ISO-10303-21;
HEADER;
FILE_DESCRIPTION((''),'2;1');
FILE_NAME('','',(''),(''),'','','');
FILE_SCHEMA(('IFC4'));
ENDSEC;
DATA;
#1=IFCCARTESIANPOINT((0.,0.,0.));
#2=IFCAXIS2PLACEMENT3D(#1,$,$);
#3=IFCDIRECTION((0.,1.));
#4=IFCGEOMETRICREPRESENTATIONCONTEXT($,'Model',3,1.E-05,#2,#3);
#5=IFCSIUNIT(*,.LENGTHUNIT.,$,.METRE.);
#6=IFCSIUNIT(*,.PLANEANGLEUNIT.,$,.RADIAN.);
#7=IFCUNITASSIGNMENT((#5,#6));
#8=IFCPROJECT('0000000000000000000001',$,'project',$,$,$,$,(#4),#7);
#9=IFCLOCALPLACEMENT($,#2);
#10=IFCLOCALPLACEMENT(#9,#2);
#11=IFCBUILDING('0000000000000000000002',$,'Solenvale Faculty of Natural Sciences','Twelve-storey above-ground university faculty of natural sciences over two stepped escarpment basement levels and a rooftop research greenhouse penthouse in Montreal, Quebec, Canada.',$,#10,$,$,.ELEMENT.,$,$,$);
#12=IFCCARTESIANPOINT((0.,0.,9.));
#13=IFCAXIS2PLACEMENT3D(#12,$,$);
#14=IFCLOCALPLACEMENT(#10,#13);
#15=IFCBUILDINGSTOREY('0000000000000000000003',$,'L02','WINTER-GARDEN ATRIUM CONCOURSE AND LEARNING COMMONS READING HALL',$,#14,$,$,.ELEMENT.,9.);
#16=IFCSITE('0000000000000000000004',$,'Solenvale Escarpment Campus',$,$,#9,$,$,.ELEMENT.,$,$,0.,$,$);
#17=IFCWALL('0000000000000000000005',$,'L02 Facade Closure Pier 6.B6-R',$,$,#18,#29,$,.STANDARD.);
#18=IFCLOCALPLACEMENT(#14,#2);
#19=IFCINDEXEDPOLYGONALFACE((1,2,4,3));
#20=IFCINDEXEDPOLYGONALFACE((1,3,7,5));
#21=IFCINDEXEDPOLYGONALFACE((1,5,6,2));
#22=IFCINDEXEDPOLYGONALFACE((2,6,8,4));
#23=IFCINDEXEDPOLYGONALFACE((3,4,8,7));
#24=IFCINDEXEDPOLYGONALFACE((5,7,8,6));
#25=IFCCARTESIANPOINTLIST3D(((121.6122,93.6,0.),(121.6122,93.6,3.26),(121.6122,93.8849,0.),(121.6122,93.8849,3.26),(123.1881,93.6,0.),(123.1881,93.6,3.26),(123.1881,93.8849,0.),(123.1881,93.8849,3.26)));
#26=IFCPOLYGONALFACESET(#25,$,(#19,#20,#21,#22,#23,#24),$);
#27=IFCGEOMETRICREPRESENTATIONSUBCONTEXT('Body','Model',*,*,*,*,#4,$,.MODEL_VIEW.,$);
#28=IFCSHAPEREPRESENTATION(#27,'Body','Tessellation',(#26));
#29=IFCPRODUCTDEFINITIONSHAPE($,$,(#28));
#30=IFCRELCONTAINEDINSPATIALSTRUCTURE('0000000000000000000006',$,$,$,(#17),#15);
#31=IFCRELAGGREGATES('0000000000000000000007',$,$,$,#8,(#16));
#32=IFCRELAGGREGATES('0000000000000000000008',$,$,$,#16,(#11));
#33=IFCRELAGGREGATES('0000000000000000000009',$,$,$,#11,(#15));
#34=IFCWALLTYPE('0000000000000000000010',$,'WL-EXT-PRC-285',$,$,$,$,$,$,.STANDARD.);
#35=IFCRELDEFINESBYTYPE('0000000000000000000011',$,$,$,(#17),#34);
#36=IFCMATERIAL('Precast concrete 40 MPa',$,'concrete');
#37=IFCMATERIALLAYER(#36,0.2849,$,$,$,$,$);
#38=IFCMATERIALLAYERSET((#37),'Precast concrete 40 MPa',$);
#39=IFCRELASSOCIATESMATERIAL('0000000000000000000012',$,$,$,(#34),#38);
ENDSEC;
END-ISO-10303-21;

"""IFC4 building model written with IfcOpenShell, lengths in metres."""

from ifc_helpers import new_model, si_unit, direction, frame, frame_2d, origin, place, context, subcontext, project, spatial, rectangle, extrude, material, layer, layer_set, type_object, element, save


model = new_model("IFC4")

# Units and contexts
model_context = context("Model", 3, precision=1e-05, world=origin(), true_north=direction((0.0, 1.0)))
body_context = subcontext(model_context, "Body", "Model", "MODEL_VIEW")
ifc_project = project(units=[si_unit("LENGTHUNIT", "METRE"), si_unit("PLANEANGLEUNIT", "RADIAN")], contexts=[model_context])

# Site, building, storey
site_placement = place(None, origin())
site = spatial("IfcSite", under=ifc_project, at=site_placement, Name="Solenvale Escarpment Campus", CompositionType="ELEMENT", RefElevation=0.0)
building_placement = place(site_placement, origin())
building = spatial("IfcBuilding", under=site, at=building_placement, Name="Solenvale Faculty of Natural Sciences", Description="Twelve-storey above-ground university faculty of natural sciences over two stepped escarpment basement levels and a rooftop research greenhouse penthouse in Montreal, Quebec, Canada.", CompositionType="ELEMENT")
storey_placement = place(building_placement, frame((0.0, 0.0, 9.0)))
storey = spatial("IfcBuildingStorey", under=building, at=storey_placement, Name="L02", Description="WINTER-GARDEN ATRIUM CONCOURSE AND LEARNING COMMONS READING HALL", CompositionType="ELEMENT", Elevation=9.0)

# Wall
ifc_material_1 = material(Name="Precast concrete 40 MPa", Category="concrete")
ifc_layer_1 = layer(ifc_material_1, 0.2849)
ifc_layer_set_1 = layer_set([ifc_layer_1], Name="Precast concrete 40 MPa")
wall_type = type_object("IfcWallType", Name="WL-EXT-PRC-285", PredefinedType="STANDARD", material=ifc_layer_set_1)
wall_placement = place(storey_placement, frame((121.6121, 93.7424, 0.0), z_axis=(0.0, 0.0, 1.0), x_axis=(1.0, 0.0, 0.0)))
element("IfcWall", 1, at=wall_placement, inside=storey, type_object=wall_type, Name="L02 Facade Closure Pier 6.B6-R", PredefinedType="STANDARD", context=body_context, shape_type="SweptSolid", body=[
    extrude(rectangle(XDim=1.5759, YDim=0.2849, at=frame_2d((0.7881, 0.0))), origin(), (0.0, 0.0, 1.0), 3.26),
])

save(model, "model.ifc")
